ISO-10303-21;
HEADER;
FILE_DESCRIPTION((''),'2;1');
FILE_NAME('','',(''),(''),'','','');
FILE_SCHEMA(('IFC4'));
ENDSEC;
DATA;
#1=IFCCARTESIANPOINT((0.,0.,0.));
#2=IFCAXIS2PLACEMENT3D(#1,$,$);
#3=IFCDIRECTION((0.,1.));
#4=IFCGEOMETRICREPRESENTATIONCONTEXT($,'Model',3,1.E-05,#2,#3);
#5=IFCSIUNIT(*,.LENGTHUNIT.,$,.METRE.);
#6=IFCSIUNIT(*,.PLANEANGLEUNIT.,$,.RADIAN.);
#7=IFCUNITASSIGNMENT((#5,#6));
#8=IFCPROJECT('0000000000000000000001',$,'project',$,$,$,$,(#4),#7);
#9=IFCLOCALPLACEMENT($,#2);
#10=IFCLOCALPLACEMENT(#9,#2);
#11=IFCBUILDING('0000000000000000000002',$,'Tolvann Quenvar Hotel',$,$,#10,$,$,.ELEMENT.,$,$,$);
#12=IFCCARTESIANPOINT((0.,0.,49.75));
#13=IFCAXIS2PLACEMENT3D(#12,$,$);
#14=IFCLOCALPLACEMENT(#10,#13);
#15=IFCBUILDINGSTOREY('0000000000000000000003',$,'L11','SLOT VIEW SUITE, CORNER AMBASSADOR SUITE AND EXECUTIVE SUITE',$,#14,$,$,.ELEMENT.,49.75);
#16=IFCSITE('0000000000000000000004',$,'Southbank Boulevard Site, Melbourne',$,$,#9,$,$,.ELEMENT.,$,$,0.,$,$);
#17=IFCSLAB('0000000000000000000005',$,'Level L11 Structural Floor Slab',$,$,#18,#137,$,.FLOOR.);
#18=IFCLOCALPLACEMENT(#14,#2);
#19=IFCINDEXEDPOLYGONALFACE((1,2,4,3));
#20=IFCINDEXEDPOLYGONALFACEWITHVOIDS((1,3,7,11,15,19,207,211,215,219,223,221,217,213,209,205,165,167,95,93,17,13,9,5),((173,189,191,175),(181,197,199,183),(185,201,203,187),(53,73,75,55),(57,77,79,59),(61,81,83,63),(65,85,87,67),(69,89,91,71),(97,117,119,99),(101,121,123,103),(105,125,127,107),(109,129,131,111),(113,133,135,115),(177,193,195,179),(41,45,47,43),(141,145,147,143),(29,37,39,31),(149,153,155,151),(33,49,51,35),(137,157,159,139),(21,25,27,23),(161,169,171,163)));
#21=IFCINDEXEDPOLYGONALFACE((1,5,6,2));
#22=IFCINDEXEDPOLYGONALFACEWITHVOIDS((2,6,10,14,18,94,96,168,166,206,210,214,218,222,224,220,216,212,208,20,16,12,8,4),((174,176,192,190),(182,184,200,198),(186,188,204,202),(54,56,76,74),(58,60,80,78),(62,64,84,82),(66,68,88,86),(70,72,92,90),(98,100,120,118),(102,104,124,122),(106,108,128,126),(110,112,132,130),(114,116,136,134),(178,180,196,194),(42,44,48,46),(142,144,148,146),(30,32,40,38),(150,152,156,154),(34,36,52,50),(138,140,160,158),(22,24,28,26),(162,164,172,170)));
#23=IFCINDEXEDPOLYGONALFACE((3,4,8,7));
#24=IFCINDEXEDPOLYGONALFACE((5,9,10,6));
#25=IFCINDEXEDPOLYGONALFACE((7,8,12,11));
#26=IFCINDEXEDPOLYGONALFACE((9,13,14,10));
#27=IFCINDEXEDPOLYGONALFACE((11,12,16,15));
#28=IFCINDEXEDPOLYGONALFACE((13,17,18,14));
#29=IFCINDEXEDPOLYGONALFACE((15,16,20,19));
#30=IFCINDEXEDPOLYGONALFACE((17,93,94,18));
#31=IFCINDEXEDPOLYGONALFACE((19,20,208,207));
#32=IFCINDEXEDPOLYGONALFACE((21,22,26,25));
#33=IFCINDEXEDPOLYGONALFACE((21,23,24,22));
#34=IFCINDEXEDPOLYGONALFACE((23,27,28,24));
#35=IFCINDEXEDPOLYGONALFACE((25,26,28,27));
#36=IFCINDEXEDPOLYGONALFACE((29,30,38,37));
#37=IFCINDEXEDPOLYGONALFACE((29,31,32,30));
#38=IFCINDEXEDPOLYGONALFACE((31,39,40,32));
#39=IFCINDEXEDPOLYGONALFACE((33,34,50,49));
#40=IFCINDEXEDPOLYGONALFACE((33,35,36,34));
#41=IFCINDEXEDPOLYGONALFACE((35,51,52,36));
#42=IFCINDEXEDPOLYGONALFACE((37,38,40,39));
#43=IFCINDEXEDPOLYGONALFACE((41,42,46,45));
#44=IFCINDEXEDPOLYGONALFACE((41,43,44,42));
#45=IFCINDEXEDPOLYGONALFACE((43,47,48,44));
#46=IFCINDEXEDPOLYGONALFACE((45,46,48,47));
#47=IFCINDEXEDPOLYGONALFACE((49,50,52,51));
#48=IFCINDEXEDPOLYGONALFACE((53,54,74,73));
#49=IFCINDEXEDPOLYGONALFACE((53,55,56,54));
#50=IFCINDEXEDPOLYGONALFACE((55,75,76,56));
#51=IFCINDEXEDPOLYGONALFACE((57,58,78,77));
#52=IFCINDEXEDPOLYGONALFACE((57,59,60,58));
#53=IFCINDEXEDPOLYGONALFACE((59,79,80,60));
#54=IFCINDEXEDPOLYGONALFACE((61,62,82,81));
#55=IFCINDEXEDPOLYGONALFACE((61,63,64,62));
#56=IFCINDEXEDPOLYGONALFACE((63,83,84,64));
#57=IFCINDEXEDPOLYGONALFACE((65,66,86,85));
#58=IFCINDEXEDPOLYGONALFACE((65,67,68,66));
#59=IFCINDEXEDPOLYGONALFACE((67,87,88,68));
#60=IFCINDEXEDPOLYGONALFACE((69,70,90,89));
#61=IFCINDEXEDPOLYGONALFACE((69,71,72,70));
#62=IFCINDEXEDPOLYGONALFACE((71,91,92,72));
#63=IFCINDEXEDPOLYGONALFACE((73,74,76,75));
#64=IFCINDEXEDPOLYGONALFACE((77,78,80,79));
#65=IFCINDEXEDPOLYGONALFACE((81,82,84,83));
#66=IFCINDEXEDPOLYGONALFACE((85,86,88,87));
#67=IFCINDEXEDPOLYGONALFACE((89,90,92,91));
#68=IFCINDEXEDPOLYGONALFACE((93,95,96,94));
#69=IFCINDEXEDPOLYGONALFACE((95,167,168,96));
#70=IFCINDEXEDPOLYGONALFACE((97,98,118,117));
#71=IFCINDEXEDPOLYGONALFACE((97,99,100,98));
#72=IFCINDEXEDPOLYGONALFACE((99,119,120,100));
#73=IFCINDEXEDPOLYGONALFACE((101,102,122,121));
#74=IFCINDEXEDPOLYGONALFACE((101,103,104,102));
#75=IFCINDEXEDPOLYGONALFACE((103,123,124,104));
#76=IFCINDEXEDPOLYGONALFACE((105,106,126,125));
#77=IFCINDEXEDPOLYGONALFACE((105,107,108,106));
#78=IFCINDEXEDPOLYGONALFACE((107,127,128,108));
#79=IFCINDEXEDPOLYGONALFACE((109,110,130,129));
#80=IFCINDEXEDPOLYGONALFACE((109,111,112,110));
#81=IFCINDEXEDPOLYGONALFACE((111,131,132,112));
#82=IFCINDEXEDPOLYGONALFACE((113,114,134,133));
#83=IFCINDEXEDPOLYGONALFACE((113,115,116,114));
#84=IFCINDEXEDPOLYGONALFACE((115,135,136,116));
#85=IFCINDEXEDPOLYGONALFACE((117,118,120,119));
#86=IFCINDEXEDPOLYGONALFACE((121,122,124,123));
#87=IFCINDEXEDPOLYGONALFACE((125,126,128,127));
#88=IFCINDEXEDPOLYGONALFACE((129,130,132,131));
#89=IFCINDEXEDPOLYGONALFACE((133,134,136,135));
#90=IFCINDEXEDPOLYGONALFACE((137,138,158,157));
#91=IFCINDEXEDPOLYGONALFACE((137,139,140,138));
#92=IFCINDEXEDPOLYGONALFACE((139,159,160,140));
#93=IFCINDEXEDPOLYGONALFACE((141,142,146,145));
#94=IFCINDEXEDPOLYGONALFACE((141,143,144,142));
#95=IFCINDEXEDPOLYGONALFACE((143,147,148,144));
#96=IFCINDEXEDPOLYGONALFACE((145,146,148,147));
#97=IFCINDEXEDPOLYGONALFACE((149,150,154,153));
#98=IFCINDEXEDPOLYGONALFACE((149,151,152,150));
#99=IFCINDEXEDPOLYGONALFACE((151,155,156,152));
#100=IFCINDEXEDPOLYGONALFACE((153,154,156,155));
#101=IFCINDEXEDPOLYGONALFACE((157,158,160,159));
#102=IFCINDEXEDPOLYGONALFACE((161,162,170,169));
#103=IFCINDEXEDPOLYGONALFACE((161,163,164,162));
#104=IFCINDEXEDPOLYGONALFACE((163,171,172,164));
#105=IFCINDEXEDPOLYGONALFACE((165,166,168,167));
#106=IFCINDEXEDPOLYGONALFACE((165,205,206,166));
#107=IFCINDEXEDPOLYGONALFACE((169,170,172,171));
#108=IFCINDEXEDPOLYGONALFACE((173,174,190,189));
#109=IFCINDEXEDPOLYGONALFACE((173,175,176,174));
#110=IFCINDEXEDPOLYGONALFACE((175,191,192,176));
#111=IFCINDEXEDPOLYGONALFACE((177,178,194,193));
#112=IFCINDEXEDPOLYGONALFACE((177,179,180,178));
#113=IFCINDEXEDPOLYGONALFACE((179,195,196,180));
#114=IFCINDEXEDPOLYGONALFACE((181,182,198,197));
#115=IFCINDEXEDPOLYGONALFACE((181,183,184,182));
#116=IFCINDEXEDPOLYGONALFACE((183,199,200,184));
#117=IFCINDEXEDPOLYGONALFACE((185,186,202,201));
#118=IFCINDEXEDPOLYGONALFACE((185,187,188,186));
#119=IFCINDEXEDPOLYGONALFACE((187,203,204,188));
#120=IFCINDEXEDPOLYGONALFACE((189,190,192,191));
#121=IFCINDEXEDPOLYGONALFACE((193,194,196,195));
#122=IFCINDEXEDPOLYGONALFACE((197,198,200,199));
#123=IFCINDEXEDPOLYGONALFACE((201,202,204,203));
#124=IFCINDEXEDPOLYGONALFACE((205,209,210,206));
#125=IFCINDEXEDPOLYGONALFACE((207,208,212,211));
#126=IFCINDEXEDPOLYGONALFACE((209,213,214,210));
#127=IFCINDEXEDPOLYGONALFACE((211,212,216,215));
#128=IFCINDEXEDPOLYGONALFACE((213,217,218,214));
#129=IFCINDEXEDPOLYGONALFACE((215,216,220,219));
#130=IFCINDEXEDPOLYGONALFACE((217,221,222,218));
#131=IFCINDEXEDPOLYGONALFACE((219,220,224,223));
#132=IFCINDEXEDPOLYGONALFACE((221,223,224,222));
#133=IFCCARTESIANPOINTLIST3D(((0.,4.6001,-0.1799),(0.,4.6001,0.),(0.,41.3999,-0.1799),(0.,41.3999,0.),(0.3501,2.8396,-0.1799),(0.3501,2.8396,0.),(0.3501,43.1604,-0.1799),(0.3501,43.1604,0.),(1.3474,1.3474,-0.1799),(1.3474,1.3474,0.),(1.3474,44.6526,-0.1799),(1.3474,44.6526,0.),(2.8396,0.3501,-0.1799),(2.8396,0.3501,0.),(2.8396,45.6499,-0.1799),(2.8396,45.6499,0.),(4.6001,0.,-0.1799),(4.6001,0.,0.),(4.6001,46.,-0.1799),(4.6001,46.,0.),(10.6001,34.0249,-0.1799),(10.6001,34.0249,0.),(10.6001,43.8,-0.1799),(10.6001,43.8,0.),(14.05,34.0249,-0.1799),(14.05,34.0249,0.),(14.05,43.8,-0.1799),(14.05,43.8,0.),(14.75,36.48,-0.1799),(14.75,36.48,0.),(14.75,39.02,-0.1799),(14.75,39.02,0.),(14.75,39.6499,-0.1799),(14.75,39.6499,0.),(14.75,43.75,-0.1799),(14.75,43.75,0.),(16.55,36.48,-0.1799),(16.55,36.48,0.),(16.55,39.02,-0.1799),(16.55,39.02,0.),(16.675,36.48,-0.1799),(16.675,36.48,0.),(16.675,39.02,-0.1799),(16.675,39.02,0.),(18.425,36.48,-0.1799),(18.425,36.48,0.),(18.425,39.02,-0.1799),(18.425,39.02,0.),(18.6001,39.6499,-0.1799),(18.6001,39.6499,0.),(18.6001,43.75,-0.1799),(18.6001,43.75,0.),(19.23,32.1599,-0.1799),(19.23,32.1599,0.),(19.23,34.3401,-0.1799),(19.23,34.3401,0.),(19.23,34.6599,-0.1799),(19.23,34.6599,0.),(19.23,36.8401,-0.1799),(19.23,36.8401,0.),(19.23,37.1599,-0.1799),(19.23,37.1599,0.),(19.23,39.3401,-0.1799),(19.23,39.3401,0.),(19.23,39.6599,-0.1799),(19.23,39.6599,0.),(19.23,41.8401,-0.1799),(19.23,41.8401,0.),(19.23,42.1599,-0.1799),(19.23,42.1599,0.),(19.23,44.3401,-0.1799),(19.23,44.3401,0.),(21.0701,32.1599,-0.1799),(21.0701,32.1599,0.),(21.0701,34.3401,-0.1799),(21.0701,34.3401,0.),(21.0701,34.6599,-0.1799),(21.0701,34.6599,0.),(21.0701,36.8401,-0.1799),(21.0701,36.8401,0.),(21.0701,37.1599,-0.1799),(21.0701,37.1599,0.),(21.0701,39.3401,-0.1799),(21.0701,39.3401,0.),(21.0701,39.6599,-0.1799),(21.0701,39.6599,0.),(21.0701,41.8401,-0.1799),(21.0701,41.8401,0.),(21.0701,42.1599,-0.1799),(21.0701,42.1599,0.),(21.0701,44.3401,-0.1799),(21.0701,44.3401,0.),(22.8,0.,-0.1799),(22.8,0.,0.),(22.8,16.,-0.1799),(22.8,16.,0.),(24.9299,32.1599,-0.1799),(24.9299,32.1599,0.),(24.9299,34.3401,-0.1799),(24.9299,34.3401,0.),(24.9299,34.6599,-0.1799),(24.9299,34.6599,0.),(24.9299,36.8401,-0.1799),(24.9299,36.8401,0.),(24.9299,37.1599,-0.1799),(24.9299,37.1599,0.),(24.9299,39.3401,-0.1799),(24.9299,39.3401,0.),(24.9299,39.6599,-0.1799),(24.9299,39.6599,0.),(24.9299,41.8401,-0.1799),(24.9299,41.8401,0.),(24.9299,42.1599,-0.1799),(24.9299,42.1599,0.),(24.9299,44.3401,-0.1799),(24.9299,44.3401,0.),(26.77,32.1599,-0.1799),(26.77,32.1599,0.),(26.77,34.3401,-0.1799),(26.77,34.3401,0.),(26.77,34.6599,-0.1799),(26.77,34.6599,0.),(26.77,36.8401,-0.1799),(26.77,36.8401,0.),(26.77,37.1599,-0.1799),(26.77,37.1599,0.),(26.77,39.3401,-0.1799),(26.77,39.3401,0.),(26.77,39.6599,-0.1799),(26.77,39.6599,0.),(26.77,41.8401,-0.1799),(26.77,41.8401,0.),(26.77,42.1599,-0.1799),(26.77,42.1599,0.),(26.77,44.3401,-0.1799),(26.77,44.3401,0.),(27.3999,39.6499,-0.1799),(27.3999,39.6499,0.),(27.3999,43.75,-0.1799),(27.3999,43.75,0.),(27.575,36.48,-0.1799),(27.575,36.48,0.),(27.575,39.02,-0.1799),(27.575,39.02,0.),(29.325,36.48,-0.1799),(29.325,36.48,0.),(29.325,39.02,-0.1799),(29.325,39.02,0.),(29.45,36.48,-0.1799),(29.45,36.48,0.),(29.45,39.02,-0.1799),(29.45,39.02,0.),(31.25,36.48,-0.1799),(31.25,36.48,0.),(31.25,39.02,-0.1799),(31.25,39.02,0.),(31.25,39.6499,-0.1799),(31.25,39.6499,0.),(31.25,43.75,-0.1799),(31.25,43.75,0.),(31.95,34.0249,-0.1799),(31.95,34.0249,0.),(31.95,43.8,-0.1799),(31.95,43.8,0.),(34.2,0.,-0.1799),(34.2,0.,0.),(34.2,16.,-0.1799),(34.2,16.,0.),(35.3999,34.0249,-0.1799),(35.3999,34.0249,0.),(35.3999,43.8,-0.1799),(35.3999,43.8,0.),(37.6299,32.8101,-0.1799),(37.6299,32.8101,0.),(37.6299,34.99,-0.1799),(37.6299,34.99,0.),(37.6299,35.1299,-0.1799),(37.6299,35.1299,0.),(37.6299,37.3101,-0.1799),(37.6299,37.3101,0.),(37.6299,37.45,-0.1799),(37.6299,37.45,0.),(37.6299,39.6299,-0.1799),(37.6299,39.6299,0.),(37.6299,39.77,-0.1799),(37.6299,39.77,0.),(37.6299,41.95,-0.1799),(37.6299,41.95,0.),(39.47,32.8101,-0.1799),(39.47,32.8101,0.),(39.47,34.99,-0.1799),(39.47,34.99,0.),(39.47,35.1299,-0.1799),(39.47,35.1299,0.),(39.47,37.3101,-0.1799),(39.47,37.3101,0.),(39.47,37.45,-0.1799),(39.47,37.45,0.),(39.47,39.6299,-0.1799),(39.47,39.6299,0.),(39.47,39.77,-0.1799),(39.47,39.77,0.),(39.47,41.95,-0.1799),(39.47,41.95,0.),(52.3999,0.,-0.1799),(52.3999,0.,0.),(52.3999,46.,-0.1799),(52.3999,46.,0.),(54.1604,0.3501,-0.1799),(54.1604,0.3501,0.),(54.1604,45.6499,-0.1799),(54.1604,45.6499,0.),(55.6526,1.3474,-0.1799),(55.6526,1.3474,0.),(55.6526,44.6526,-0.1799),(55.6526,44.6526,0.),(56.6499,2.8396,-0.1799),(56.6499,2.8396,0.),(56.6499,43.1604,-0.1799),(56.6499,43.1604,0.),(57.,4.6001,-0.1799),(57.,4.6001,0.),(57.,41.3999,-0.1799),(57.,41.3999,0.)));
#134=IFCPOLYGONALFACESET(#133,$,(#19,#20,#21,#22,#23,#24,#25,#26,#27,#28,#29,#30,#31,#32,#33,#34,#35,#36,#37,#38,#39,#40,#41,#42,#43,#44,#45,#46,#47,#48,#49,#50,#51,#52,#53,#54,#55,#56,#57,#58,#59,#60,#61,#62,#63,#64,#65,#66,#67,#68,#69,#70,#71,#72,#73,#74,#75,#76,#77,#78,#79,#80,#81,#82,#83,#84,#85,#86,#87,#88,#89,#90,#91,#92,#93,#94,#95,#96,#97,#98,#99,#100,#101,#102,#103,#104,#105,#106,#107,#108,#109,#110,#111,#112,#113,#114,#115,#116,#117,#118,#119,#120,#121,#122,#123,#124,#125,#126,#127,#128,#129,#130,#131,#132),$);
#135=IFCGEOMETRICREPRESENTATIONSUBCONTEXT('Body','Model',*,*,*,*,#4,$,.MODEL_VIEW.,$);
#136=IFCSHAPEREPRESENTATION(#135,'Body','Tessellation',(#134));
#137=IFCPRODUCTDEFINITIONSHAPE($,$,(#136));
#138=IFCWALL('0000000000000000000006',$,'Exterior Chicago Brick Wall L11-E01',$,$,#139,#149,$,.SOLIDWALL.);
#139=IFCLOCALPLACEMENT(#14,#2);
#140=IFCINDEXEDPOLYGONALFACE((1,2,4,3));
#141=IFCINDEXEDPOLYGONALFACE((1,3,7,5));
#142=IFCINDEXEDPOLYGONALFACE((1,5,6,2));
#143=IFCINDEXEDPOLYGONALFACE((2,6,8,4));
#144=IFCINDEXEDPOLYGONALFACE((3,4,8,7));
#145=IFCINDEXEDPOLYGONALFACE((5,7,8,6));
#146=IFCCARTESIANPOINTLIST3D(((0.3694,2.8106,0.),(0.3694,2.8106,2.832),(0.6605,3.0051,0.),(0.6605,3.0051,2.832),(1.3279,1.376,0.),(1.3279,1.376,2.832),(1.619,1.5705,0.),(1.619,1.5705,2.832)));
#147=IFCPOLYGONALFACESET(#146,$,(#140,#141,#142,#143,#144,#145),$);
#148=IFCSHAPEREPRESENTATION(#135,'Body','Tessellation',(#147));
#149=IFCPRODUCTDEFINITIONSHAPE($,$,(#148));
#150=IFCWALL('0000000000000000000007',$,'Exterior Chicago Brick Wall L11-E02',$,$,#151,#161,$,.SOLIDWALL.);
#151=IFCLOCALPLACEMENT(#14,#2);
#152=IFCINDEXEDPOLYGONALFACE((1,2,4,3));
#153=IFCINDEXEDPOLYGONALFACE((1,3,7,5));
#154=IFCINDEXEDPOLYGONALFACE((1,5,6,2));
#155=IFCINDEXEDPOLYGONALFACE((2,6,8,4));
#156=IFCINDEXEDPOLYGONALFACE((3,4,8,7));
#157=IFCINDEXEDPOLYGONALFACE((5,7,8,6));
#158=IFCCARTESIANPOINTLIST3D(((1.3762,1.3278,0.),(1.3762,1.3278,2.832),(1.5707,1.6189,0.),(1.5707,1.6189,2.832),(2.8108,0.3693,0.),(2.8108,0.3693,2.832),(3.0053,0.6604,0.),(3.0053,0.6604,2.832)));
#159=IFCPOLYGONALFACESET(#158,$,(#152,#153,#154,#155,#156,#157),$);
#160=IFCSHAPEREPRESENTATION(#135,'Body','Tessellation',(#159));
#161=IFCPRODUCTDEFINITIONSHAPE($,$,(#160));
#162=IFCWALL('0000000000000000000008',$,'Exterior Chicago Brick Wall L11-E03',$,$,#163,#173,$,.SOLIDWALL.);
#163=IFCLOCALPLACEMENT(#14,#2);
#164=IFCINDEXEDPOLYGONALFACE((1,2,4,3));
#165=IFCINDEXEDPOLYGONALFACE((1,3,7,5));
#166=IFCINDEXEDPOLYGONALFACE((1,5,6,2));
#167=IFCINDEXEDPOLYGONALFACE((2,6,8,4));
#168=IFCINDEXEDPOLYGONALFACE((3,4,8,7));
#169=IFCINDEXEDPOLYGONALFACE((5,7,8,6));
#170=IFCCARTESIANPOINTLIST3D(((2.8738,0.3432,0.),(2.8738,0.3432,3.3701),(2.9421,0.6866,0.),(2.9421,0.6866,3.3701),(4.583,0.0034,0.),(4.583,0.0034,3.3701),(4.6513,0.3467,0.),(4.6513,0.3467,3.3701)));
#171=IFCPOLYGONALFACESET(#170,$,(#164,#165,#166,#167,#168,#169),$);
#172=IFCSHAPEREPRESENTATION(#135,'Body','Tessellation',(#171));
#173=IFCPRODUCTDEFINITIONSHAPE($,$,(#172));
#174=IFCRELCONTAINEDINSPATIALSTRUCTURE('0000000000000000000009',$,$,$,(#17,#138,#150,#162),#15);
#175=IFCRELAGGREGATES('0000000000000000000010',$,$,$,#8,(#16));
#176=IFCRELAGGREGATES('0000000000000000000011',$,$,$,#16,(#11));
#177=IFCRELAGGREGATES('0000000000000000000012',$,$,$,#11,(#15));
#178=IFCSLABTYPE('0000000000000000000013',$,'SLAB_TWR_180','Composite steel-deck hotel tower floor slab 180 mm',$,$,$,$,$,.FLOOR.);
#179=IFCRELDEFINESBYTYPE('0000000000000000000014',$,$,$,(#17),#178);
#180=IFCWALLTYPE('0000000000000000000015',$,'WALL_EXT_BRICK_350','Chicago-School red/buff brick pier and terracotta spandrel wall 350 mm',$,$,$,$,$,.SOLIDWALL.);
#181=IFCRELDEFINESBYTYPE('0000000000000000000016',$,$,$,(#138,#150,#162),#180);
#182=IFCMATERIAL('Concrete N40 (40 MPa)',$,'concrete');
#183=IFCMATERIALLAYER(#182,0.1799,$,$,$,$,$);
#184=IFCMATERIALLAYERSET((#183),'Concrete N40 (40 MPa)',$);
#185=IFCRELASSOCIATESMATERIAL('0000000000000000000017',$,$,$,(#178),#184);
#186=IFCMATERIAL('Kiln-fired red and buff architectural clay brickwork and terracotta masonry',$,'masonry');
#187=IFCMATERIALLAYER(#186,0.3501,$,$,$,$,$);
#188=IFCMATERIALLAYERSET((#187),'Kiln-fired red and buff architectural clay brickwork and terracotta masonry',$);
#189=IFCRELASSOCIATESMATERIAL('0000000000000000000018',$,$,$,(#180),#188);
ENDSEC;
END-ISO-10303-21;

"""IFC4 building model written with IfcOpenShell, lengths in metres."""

from ifc_helpers import new_model, si_unit, direction, frame, frame_2d, origin, place, context, subcontext, project, spatial, polyline, rectangle, outline, extrude, material, layer, layer_set, type_object, element, save


model = new_model("IFC4")

# Units and contexts
model_context = context("Model", 3, precision=1e-05, world=origin(), true_north=direction((0.0, 1.0)))
body_context = subcontext(model_context, "Body", "Model", "MODEL_VIEW")
ifc_project = project(units=[si_unit("LENGTHUNIT", "METRE"), si_unit("PLANEANGLEUNIT", "RADIAN")], contexts=[model_context])

# Site, building, storey
site_placement = place(None, origin())
site = spatial("IfcSite", under=ifc_project, at=site_placement, Name="Southbank Boulevard Site, Melbourne", CompositionType="ELEMENT", RefElevation=0.0)
building_placement = place(site_placement, origin())
building = spatial("IfcBuilding", under=site, at=building_placement, Name="Tolvann Quenvar Hotel", CompositionType="ELEMENT")
storey_placement = place(building_placement, frame((0.0, 0.0, 49.75)))
storey = spatial("IfcBuildingStorey", under=building, at=storey_placement, Name="L11", Description="SLOT VIEW SUITE, CORNER AMBASSADOR SUITE AND EXECUTIVE SUITE", CompositionType="ELEMENT", Elevation=49.75)

# Shared definitions
ifc_material_1 = material(Name="Concrete N40 (40 MPa)", Category="concrete")

# Slab
ifc_layer_1 = layer(ifc_material_1, 0.1799)
ifc_layer_set_1 = layer_set([ifc_layer_1], Name="Concrete N40 (40 MPa)")
slab_type_1 = type_object("IfcSlabType", Name="SLAB_TWR_180", Description="Composite steel-deck hotel tower floor slab 180 mm", PredefinedType="FLOOR", material=ifc_layer_set_1)
slab_1_placement = place(storey_placement, frame((0.0, 0.0, -0.1799)))
element("IfcSlab", 1, at=slab_1_placement, inside=storey, type_object=slab_type_1, Name="Level L11 Structural Floor Slab", PredefinedType="FLOOR", context=body_context, shape_type="SweptSolid", body=[
    extrude(outline(polyline([(0.0, 4.6001), (0.3501, 2.8396), (1.3474, 1.3474), (2.8396, 0.3501), (4.6001, 0.0), (22.8, 0.0), (22.8, 16.0), (34.2, 16.0), (34.2, 0.0), (52.3999, 0.0), (54.1604, 0.3501), (55.6526, 1.3474), (56.6499, 2.8396), (57.0, 4.6001), (57.0, 41.3999), (56.6499, 43.1604), (55.6526, 44.6526), (54.1604, 45.6499), (52.3999, 46.0), (4.6001, 46.0), (2.8396, 45.6499), (1.3474, 44.6526), (0.3501, 43.1604), (0.0, 41.3999), (0.0, 4.6001)]), holes=[polyline([(37.6299, 41.95), (39.47, 41.95), (39.47, 39.77), (37.6299, 39.77), (37.6299, 41.95)]), polyline([(37.6299, 39.6299), (39.47, 39.6299), (39.47, 37.45), (37.6299, 37.45), (37.6299, 39.6299)]), polyline([(37.6299, 37.3101), (39.47, 37.3101), (39.47, 35.1299), (37.6299, 35.1299), (37.6299, 37.3101)]), polyline([(37.6299, 34.99), (39.47, 34.99), (39.47, 32.8101), (37.6299, 32.8101), (37.6299, 34.99)]), polyline([(31.95, 43.8), (35.3999, 43.8), (35.3999, 34.0249), (31.95, 34.0249), (31.95, 43.8)]), polyline([(31.25, 39.02), (31.25, 36.48), (29.45, 36.48), (29.45, 39.02), (31.25, 39.02)]), polyline([(31.25, 43.75), (31.25, 39.6499), (27.3999, 39.6499), (27.3999, 43.75), (31.25, 43.75)]), polyline([(27.575, 39.02), (29.325, 39.02), (29.325, 36.48), (27.575, 36.48), (27.575, 39.02)]), polyline([(26.77, 36.8401), (26.77, 34.6599), (24.9299, 34.6599), (24.9299, 36.8401), (26.77, 36.8401)]), polyline([(26.77, 44.3401), (26.77, 42.1599), (24.9299, 42.1599), (24.9299, 44.3401), (26.77, 44.3401)]), polyline([(26.77, 41.8401), (26.77, 39.6599), (24.9299, 39.6599), (24.9299, 41.8401), (26.77, 41.8401)]), polyline([(26.77, 39.3401), (26.77, 37.1599), (24.9299, 37.1599), (24.9299, 39.3401), (26.77, 39.3401)]), polyline([(24.9299, 34.3401), (26.77, 34.3401), (26.77, 32.1599), (24.9299, 32.1599), (24.9299, 34.3401)]), polyline([(21.0701, 44.3401), (21.0701, 42.1599), (19.23, 42.1599), (19.23, 44.3401), (21.0701, 44.3401)]), polyline([(19.23, 41.8401), (21.0701, 41.8401), (21.0701, 39.6599), (19.23, 39.6599), (19.23, 41.8401)]), polyline([(21.0701, 39.3401), (21.0701, 37.1599), (19.23, 37.1599), (19.23, 39.3401), (21.0701, 39.3401)]), polyline([(19.23, 36.8401), (21.0701, 36.8401), (21.0701, 34.6599), (19.23, 34.6599), (19.23, 36.8401)]), polyline([(19.23, 34.3401), (21.0701, 34.3401), (21.0701, 32.1599), (19.23, 32.1599), (19.23, 34.3401)]), polyline([(18.6001, 43.75), (18.6001, 39.6499), (14.75, 39.6499), (14.75, 43.75), (18.6001, 43.75)]), polyline([(16.675, 39.02), (18.425, 39.02), (18.425, 36.48), (16.675, 36.48), (16.675, 39.02)]), polyline([(16.55, 39.02), (16.55, 36.48), (14.75, 36.48), (14.75, 39.02), (16.55, 39.02)]), polyline([(10.6001, 43.8), (14.05, 43.8), (14.05, 34.0249), (10.6001, 34.0249), (10.6001, 43.8)])]), origin(), (0.0, 0.0, 1.0), 0.1799),
])

# Walls
ifc_material_2 = material(Name="Kiln-fired red and buff architectural clay brickwork and terracotta masonry", Category="masonry")
ifc_layer_2 = layer(ifc_material_2, 0.3501)
ifc_layer_set_2 = layer_set([ifc_layer_2], Name="Kiln-fired red and buff architectural clay brickwork and terracotta masonry")
wall_type_1 = type_object("IfcWallType", Name="WALL_EXT_BRICK_350", Description="Chicago-School red/buff brick pier and terracotta spandrel wall 350 mm", PredefinedType="SOLIDWALL", material=ifc_layer_set_2)
for number, where, z_axis, x_axis, name in (
    (2, (0.5149, 2.908, 0.0), (0.0, 0.0, 1.0), (0.555549, -0.831484, 0.0), "Exterior Chicago Brick Wall L11-E01"),
    (3, (1.4734, 1.4734, 0.0), (0.0, 0.0, 1.0), (0.831484, -0.555549, 0.0), "Exterior Chicago Brick Wall L11-E02"),
):
    element("IfcWall", number, at=place(storey_placement, frame(where, z_axis=z_axis, x_axis=x_axis)), inside=storey, type_object=wall_type_1, Name=name, PredefinedType="SOLIDWALL", context=body_context, shape_type="SweptSolid", body=[
        extrude(rectangle(XDim=1.7253, YDim=0.3501, at=frame_2d((0.8628, 0.0))), origin(), (0.0, 0.0, 1.0), 2.832),
    ])
wall_1_placement = place(storey_placement, frame((2.908, 0.5149, 0.0), z_axis=(0.0, 0.0, 1.0), x_axis=(0.980801, -0.195011, 0.0)))
element("IfcWall", 4, at=wall_1_placement, inside=storey, type_object=wall_type_1, Name="Exterior Chicago Brick Wall L11-E03", PredefinedType="SOLIDWALL", context=body_context, shape_type="SweptSolid", body=[
    extrude(rectangle(XDim=1.7427, YDim=0.3501, at=frame_2d((0.8713, 0.0))), origin(), (0.0, 0.0, 1.0), 3.3701),
])

save(model, "model.ifc")
